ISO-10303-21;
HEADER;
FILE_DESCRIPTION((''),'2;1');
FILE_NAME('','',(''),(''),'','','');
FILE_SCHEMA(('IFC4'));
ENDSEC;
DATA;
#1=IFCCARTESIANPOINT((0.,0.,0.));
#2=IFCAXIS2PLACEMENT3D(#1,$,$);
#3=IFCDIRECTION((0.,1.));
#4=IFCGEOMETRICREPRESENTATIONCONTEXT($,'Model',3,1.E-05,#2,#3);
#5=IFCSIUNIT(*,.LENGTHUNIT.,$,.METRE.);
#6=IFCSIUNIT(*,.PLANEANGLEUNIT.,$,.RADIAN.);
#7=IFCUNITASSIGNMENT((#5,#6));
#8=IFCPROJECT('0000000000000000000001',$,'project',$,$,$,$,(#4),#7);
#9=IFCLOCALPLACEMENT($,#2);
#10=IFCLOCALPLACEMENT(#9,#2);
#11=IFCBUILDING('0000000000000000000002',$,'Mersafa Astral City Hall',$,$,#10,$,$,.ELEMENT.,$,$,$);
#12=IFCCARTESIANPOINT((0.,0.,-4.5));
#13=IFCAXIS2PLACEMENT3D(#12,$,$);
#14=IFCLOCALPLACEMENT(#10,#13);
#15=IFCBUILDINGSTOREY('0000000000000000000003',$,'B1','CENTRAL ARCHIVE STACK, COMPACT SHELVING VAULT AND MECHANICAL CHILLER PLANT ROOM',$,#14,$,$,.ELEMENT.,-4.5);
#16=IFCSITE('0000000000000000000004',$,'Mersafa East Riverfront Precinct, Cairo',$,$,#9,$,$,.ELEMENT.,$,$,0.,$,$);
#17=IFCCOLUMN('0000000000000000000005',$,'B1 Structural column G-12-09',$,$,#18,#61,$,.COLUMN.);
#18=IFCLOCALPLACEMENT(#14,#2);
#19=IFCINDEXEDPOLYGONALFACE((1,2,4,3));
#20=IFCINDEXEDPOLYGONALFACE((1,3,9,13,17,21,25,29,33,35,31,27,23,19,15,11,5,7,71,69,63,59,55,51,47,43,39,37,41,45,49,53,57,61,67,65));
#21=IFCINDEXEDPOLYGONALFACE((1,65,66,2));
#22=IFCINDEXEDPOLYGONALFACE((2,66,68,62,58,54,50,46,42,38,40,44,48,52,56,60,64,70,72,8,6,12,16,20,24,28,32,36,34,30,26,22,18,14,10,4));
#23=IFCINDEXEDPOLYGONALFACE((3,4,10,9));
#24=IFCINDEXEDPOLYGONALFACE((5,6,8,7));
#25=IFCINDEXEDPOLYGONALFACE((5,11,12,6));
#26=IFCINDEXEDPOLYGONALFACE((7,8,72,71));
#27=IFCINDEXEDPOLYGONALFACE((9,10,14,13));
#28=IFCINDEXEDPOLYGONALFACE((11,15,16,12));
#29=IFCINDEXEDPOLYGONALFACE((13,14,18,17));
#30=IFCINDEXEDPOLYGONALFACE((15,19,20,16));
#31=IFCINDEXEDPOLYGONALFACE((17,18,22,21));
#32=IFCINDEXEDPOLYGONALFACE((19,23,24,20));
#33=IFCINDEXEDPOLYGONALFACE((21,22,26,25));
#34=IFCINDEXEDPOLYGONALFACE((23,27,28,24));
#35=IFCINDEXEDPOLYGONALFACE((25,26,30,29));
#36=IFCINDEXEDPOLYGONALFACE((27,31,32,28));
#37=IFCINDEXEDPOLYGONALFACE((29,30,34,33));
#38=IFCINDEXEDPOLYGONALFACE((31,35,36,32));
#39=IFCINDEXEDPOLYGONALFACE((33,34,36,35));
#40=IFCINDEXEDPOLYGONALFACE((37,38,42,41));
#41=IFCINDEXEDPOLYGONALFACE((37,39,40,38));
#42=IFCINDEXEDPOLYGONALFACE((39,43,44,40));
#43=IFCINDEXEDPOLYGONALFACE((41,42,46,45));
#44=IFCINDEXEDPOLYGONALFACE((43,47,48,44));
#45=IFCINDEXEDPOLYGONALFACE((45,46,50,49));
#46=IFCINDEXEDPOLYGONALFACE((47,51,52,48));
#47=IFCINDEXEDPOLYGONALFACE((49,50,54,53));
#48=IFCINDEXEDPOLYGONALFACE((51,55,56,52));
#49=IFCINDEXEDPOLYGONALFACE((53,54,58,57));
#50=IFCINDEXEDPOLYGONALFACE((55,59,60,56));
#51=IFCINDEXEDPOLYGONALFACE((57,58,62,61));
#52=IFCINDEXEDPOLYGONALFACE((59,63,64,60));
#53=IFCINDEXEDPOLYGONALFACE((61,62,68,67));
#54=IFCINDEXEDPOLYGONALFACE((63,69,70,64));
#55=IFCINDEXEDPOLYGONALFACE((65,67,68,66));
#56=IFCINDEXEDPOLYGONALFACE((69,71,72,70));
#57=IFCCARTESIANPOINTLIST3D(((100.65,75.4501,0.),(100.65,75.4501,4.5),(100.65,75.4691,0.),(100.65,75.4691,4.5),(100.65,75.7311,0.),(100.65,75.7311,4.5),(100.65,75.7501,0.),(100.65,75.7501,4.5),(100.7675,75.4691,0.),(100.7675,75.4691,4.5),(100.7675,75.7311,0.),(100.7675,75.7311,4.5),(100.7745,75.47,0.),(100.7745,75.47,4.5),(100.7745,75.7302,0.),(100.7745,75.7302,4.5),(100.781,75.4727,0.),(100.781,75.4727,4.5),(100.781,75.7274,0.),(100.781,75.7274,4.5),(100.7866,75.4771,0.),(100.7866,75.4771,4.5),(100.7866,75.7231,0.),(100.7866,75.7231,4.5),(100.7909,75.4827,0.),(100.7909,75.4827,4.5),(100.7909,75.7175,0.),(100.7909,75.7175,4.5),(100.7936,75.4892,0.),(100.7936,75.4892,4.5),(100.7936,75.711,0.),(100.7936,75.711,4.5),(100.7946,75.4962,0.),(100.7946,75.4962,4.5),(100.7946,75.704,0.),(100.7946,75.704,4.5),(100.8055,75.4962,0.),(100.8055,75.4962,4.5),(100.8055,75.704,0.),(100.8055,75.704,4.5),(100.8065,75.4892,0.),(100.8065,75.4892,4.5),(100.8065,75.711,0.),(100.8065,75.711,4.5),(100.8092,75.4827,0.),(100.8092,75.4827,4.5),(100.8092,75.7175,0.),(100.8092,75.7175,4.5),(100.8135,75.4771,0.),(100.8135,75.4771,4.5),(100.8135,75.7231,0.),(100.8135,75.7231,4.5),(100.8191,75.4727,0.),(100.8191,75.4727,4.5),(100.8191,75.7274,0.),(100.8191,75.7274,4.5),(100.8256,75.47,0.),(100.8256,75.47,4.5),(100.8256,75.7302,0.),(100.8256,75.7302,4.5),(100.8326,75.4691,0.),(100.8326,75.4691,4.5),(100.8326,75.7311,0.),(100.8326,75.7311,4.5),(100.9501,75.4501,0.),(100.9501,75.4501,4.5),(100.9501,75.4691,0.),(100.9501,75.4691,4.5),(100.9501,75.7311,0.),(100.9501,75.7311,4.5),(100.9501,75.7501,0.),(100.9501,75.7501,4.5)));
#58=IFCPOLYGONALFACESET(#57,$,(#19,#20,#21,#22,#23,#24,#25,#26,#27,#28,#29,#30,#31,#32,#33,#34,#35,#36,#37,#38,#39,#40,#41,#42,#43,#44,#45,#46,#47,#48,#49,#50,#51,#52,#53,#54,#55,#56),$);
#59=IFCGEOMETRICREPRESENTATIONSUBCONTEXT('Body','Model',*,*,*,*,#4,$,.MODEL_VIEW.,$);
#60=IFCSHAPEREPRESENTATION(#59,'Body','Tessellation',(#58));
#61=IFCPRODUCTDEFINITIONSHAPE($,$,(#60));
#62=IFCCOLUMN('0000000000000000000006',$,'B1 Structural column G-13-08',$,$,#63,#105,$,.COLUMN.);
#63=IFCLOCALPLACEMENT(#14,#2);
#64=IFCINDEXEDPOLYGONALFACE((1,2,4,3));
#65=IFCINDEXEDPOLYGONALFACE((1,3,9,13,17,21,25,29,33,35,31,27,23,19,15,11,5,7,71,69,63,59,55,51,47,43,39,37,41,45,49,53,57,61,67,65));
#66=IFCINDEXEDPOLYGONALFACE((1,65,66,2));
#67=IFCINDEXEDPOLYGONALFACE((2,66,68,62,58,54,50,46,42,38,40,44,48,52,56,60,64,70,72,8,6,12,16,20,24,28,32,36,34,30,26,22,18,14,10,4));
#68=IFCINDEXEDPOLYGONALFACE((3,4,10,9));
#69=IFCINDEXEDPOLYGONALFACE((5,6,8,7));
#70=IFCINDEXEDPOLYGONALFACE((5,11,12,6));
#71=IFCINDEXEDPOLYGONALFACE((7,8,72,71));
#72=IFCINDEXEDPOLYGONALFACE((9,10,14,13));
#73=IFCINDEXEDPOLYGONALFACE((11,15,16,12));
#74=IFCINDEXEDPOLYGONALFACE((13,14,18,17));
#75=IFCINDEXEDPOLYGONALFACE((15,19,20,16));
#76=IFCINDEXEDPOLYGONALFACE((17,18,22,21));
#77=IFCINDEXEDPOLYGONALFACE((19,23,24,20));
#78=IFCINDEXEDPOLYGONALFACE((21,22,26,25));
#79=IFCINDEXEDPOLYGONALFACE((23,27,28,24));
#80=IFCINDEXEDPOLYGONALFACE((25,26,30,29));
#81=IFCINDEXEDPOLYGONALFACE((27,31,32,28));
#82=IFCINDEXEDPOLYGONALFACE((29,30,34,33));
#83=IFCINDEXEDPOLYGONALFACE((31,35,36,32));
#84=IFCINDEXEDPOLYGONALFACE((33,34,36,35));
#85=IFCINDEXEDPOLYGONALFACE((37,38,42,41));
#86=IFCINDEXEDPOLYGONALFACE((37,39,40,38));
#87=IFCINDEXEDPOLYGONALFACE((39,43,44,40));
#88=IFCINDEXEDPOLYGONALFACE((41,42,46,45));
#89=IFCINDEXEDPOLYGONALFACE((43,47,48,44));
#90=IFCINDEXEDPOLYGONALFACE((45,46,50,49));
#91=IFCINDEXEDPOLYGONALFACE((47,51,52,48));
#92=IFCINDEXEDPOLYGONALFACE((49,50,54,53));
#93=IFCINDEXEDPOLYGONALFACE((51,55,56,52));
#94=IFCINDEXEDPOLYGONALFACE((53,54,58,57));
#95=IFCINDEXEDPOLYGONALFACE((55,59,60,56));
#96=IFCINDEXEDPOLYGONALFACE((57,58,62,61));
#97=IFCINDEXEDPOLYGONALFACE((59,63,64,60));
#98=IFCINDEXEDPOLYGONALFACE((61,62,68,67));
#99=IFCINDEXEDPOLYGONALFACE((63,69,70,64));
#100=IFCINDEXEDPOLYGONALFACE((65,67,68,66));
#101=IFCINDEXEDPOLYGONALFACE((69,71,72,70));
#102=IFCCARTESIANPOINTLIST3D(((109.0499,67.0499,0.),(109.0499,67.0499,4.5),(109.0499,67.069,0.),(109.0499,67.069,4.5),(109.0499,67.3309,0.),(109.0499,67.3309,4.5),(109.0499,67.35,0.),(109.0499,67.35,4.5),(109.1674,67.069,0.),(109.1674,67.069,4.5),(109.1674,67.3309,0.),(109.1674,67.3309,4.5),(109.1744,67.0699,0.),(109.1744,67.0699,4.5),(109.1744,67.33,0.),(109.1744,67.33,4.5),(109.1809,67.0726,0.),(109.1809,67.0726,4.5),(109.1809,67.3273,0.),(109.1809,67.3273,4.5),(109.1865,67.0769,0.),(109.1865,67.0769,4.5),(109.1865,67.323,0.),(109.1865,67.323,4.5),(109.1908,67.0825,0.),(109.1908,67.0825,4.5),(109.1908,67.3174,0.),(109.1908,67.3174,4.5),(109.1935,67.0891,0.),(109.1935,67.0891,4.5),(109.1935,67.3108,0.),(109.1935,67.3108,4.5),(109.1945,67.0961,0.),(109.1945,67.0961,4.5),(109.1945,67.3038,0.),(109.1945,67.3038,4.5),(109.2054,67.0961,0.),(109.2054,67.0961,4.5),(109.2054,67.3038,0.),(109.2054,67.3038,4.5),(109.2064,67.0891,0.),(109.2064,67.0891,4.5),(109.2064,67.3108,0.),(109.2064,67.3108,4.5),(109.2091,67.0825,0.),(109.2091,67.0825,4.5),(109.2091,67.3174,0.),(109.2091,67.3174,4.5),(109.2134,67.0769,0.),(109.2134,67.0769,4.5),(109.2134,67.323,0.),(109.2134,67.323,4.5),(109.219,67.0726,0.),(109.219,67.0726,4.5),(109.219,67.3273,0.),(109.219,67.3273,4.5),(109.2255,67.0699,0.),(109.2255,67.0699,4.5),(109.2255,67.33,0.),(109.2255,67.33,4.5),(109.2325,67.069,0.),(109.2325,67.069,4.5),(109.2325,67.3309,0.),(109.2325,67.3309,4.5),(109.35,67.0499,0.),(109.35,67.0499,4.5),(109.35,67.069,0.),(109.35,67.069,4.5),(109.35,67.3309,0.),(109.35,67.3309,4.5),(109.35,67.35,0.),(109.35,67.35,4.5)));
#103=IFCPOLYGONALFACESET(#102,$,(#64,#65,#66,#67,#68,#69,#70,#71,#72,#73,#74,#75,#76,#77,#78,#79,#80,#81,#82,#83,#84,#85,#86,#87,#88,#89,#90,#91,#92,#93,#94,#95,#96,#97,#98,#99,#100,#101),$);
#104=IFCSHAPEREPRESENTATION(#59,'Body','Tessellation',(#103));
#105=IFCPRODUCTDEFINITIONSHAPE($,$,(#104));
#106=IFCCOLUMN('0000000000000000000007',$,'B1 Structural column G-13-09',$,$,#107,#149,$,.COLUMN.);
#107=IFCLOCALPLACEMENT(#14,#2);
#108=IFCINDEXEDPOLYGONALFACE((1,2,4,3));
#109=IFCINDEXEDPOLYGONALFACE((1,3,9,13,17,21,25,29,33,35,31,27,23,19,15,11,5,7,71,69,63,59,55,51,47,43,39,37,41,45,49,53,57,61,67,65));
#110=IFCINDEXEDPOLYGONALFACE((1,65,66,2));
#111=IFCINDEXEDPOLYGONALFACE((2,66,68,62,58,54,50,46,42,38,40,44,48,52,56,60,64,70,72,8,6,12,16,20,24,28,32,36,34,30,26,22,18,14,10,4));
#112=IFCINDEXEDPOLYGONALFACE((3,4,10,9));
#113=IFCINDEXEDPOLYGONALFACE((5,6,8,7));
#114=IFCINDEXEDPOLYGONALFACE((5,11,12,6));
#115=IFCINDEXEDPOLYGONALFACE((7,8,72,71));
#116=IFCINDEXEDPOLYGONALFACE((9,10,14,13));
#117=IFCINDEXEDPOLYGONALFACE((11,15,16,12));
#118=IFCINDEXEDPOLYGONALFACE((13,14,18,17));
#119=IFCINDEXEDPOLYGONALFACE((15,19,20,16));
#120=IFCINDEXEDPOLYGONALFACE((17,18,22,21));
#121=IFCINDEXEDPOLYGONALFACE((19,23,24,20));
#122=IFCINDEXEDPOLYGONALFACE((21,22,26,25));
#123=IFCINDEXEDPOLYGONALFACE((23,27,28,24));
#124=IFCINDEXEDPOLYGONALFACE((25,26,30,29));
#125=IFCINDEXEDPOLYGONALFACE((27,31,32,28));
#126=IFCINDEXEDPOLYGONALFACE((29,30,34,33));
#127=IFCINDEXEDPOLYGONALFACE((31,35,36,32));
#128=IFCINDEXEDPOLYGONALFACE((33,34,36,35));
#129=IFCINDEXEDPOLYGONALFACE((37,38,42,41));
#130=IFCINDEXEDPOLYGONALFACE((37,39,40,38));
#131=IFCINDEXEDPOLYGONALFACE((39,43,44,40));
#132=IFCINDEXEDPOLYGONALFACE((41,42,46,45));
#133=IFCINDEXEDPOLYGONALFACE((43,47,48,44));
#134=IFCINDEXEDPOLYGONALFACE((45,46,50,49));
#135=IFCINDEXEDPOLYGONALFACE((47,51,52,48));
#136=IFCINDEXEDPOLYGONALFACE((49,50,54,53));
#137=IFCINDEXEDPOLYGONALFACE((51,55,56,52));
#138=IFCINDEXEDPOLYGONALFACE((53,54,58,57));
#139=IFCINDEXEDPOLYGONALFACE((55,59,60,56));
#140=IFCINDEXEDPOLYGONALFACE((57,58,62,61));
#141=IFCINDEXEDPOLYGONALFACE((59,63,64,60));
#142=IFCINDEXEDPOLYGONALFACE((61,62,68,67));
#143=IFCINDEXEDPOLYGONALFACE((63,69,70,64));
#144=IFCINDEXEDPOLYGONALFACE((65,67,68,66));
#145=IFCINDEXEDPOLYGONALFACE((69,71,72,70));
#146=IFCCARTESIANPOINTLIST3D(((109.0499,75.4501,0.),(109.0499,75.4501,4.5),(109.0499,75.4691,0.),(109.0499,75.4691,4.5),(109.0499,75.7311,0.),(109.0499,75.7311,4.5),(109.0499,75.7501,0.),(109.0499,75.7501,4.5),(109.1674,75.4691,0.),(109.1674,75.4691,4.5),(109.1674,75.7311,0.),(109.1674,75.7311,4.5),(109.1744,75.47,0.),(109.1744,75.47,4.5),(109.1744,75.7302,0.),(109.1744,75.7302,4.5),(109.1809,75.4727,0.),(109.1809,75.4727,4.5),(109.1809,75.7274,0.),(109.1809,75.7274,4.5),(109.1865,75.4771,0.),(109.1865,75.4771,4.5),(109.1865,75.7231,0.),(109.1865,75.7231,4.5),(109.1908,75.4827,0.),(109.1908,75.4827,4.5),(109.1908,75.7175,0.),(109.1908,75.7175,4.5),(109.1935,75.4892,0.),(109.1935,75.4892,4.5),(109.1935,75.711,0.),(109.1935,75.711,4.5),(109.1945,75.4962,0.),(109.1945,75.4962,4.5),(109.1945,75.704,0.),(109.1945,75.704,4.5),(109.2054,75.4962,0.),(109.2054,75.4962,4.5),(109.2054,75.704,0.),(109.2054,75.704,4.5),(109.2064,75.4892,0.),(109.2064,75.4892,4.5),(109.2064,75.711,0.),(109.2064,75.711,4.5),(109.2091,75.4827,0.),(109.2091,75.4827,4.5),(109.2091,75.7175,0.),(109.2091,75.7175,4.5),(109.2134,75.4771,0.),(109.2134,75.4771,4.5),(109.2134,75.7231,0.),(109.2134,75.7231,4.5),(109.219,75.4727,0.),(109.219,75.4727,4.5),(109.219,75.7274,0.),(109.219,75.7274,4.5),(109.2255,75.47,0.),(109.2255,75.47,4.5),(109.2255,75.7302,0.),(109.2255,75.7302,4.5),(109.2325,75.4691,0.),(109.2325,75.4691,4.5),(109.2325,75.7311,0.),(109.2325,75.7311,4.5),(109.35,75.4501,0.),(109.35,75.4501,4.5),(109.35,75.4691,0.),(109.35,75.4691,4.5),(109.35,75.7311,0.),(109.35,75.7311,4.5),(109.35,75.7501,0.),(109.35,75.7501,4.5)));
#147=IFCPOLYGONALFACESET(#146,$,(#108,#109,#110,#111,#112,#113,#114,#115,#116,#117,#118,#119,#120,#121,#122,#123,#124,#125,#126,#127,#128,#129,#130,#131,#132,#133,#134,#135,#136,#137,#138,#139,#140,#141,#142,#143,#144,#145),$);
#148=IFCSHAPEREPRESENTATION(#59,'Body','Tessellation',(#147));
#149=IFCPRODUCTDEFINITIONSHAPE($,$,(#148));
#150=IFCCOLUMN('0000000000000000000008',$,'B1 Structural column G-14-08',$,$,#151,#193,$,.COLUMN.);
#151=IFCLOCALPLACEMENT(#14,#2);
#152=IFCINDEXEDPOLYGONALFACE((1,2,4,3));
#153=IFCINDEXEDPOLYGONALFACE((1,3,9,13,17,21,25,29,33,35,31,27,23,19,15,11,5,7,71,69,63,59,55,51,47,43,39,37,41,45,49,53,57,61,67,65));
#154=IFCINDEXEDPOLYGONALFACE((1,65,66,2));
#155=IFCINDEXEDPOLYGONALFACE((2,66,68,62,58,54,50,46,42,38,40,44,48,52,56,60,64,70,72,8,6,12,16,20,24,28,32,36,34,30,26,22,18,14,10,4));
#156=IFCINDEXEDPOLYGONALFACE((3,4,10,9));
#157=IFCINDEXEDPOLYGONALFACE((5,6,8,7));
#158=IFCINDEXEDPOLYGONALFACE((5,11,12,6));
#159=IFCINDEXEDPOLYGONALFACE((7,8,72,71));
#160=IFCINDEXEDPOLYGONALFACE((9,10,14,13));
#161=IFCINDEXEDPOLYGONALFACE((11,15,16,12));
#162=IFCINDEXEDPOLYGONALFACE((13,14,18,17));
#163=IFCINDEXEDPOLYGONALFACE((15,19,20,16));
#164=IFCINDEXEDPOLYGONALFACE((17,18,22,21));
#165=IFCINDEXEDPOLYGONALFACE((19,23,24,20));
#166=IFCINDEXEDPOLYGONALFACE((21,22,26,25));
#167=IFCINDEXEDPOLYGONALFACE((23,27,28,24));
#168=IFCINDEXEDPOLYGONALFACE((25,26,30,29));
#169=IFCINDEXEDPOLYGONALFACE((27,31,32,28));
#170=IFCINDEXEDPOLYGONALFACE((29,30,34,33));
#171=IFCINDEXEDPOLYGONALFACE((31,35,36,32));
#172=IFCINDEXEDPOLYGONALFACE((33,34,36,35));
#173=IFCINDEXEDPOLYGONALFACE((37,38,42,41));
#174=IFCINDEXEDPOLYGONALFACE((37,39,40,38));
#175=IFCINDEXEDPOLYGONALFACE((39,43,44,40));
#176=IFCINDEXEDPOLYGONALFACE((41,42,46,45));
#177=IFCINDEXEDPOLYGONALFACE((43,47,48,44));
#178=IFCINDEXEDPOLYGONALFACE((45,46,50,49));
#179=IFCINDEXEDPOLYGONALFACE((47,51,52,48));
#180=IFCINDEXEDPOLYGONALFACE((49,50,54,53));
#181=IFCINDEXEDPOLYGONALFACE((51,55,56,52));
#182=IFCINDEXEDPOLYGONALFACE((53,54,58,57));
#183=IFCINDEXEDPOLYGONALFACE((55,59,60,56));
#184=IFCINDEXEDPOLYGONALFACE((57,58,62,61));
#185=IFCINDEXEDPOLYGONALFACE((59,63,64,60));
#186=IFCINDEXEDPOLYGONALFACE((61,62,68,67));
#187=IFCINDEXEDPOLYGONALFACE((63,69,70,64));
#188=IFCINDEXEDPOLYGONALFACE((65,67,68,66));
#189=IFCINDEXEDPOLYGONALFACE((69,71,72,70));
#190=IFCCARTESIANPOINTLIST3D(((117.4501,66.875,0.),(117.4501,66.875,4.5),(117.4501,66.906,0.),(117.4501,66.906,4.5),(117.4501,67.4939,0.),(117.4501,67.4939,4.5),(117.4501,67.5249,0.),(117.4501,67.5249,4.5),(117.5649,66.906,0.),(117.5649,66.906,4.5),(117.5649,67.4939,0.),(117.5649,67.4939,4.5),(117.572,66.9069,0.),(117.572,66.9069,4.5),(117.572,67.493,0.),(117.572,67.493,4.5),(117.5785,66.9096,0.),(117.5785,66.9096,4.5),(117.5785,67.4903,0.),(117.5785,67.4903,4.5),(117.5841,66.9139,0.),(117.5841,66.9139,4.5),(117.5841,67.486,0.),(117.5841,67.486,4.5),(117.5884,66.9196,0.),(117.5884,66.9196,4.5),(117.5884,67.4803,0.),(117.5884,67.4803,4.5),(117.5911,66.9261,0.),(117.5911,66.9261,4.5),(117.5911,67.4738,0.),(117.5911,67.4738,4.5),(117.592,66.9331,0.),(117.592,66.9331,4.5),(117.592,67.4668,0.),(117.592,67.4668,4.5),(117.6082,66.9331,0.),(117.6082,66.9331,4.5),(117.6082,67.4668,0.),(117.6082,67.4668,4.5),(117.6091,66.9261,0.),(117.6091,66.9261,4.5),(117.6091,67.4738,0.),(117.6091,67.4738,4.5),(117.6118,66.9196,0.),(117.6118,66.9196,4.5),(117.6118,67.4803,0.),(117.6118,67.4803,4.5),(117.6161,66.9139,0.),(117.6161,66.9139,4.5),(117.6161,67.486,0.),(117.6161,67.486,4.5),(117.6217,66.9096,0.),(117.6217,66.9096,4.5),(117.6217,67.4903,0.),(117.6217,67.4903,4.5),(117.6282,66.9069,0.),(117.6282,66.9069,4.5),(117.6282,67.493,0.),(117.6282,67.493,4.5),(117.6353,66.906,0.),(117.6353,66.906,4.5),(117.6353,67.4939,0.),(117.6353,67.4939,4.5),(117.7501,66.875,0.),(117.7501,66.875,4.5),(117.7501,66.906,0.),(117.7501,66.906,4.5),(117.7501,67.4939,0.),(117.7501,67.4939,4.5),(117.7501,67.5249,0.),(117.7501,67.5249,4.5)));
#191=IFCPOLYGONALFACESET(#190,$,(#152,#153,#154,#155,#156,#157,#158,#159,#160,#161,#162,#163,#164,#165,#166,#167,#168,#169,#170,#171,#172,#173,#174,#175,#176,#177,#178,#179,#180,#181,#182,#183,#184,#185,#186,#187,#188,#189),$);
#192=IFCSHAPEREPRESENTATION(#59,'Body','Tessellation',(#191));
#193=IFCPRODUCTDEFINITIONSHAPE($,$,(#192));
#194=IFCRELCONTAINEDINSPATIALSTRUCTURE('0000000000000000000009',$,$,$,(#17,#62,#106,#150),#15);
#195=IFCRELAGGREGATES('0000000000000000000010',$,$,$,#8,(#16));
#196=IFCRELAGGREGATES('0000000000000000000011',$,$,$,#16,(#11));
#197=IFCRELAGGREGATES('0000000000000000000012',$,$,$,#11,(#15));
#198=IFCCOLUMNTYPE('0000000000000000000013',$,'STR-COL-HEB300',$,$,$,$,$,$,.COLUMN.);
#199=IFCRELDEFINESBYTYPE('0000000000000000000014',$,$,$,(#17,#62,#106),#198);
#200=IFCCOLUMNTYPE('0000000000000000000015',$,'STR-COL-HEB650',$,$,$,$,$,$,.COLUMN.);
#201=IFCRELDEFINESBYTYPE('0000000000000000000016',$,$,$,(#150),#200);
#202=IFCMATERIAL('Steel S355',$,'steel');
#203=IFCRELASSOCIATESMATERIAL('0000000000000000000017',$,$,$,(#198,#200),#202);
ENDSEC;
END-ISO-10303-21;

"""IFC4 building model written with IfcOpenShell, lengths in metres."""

from ifc_helpers import new_model, si_unit, direction, frame, origin, origin_2d, place, context, subcontext, project, spatial, i_section, extrude, material, material_profile, profile_set, type_object, element, save


model = new_model("IFC4")

# Units and contexts
model_context = context("Model", 3, precision=1e-05, world=origin(), true_north=direction((0.0, 1.0)))
body_context = subcontext(model_context, "Body", "Model", "MODEL_VIEW")
ifc_project = project(units=[si_unit("LENGTHUNIT", "METRE"), si_unit("PLANEANGLEUNIT", "RADIAN")], contexts=[model_context])

# Site, building, storey
site_placement = place(None, origin())
site = spatial("IfcSite", under=ifc_project, at=site_placement, Name="Mersafa East Riverfront Precinct, Cairo", CompositionType="ELEMENT", RefElevation=0.0)
building_placement = place(site_placement, origin())
building = spatial("IfcBuilding", under=site, at=building_placement, Name="Mersafa Astral City Hall", CompositionType="ELEMENT")
storey_placement = place(building_placement, frame((0.0, 0.0, -4.5)))
storey = spatial("IfcBuildingStorey", under=building, at=storey_placement, Name="B1", Description="CENTRAL ARCHIVE STACK, COMPACT SHELVING VAULT AND MECHANICAL CHILLER PLANT ROOM", CompositionType="ELEMENT", Elevation=-4.5)

# Columns
ifc_material_1 = material(Name="Steel S355", Category="steel")
ifc_material_profile_1 = material_profile(ifc_material_1, i_section(OverallWidth=0.3, OverallDepth=0.3, WebThickness=0.011, FlangeThickness=0.019, FilletRadius=0.0271, at=origin_2d()), Name="HEB 300")
ifc_profile_set_1 = profile_set([ifc_material_profile_1], Name="Steel S355")
column_type_1 = type_object("IfcColumnType", Name="STR-COL-HEB300", PredefinedType="COLUMN", material=ifc_profile_set_1)
for number, where, z_axis, x_axis, name in (
    (1, (100.8, 75.6001, 0.0), (0.0, 0.0, 1.0), (1.0, 0.0, 0.0), "B1 Structural column G-12-09"),
    (2, (109.2, 67.2, 0.0), (0.0, 0.0, 1.0), (1.0, 0.0, 0.0), "B1 Structural column G-13-08"),
    (3, (109.2, 75.6001, 0.0), (0.0, 0.0, 1.0), (1.0, 0.0, 0.0), "B1 Structural column G-13-09"),
):
    element("IfcColumn", number, at=place(storey_placement, frame(where, z_axis=z_axis, x_axis=x_axis)), inside=storey, type_object=column_type_1, Name=name, PredefinedType="COLUMN", context=body_context, shape_type="SweptSolid", body=[
        extrude(i_section(OverallWidth=0.3, OverallDepth=0.3, WebThickness=0.011, FlangeThickness=0.019, FilletRadius=0.0271, at=origin_2d()), origin(), (0.0, 0.0, 1.0), 4.5),
    ])
ifc_material_profile_2 = material_profile(ifc_material_1, i_section(OverallWidth=0.3, OverallDepth=0.6499, WebThickness=0.0161, FlangeThickness=0.031, FilletRadius=0.0271, at=origin_2d()), Name="HEB 650")
ifc_profile_set_2 = profile_set([ifc_material_profile_2], Name="Steel S355")
column_type_2 = type_object("IfcColumnType", Name="STR-COL-HEB650", PredefinedType="COLUMN", material=ifc_profile_set_2)
for number, where, z_axis, x_axis, name in (
    (4, (117.6001, 67.2, 0.0), (0.0, 0.0, 1.0), (1.0, 0.0, 0.0), "B1 Structural column G-14-08"),
):
    element("IfcColumn", number, at=place(storey_placement, frame(where, z_axis=z_axis, x_axis=x_axis)), inside=storey, type_object=column_type_2, Name=name, PredefinedType="COLUMN", context=body_context, shape_type="SweptSolid", body=[
        extrude(i_section(OverallWidth=0.3, OverallDepth=0.6499, WebThickness=0.0161, FlangeThickness=0.031, FilletRadius=0.0271, at=origin_2d()), origin(), (0.0, 0.0, 1.0), 4.5),
    ])

save(model, "model.ifc")
